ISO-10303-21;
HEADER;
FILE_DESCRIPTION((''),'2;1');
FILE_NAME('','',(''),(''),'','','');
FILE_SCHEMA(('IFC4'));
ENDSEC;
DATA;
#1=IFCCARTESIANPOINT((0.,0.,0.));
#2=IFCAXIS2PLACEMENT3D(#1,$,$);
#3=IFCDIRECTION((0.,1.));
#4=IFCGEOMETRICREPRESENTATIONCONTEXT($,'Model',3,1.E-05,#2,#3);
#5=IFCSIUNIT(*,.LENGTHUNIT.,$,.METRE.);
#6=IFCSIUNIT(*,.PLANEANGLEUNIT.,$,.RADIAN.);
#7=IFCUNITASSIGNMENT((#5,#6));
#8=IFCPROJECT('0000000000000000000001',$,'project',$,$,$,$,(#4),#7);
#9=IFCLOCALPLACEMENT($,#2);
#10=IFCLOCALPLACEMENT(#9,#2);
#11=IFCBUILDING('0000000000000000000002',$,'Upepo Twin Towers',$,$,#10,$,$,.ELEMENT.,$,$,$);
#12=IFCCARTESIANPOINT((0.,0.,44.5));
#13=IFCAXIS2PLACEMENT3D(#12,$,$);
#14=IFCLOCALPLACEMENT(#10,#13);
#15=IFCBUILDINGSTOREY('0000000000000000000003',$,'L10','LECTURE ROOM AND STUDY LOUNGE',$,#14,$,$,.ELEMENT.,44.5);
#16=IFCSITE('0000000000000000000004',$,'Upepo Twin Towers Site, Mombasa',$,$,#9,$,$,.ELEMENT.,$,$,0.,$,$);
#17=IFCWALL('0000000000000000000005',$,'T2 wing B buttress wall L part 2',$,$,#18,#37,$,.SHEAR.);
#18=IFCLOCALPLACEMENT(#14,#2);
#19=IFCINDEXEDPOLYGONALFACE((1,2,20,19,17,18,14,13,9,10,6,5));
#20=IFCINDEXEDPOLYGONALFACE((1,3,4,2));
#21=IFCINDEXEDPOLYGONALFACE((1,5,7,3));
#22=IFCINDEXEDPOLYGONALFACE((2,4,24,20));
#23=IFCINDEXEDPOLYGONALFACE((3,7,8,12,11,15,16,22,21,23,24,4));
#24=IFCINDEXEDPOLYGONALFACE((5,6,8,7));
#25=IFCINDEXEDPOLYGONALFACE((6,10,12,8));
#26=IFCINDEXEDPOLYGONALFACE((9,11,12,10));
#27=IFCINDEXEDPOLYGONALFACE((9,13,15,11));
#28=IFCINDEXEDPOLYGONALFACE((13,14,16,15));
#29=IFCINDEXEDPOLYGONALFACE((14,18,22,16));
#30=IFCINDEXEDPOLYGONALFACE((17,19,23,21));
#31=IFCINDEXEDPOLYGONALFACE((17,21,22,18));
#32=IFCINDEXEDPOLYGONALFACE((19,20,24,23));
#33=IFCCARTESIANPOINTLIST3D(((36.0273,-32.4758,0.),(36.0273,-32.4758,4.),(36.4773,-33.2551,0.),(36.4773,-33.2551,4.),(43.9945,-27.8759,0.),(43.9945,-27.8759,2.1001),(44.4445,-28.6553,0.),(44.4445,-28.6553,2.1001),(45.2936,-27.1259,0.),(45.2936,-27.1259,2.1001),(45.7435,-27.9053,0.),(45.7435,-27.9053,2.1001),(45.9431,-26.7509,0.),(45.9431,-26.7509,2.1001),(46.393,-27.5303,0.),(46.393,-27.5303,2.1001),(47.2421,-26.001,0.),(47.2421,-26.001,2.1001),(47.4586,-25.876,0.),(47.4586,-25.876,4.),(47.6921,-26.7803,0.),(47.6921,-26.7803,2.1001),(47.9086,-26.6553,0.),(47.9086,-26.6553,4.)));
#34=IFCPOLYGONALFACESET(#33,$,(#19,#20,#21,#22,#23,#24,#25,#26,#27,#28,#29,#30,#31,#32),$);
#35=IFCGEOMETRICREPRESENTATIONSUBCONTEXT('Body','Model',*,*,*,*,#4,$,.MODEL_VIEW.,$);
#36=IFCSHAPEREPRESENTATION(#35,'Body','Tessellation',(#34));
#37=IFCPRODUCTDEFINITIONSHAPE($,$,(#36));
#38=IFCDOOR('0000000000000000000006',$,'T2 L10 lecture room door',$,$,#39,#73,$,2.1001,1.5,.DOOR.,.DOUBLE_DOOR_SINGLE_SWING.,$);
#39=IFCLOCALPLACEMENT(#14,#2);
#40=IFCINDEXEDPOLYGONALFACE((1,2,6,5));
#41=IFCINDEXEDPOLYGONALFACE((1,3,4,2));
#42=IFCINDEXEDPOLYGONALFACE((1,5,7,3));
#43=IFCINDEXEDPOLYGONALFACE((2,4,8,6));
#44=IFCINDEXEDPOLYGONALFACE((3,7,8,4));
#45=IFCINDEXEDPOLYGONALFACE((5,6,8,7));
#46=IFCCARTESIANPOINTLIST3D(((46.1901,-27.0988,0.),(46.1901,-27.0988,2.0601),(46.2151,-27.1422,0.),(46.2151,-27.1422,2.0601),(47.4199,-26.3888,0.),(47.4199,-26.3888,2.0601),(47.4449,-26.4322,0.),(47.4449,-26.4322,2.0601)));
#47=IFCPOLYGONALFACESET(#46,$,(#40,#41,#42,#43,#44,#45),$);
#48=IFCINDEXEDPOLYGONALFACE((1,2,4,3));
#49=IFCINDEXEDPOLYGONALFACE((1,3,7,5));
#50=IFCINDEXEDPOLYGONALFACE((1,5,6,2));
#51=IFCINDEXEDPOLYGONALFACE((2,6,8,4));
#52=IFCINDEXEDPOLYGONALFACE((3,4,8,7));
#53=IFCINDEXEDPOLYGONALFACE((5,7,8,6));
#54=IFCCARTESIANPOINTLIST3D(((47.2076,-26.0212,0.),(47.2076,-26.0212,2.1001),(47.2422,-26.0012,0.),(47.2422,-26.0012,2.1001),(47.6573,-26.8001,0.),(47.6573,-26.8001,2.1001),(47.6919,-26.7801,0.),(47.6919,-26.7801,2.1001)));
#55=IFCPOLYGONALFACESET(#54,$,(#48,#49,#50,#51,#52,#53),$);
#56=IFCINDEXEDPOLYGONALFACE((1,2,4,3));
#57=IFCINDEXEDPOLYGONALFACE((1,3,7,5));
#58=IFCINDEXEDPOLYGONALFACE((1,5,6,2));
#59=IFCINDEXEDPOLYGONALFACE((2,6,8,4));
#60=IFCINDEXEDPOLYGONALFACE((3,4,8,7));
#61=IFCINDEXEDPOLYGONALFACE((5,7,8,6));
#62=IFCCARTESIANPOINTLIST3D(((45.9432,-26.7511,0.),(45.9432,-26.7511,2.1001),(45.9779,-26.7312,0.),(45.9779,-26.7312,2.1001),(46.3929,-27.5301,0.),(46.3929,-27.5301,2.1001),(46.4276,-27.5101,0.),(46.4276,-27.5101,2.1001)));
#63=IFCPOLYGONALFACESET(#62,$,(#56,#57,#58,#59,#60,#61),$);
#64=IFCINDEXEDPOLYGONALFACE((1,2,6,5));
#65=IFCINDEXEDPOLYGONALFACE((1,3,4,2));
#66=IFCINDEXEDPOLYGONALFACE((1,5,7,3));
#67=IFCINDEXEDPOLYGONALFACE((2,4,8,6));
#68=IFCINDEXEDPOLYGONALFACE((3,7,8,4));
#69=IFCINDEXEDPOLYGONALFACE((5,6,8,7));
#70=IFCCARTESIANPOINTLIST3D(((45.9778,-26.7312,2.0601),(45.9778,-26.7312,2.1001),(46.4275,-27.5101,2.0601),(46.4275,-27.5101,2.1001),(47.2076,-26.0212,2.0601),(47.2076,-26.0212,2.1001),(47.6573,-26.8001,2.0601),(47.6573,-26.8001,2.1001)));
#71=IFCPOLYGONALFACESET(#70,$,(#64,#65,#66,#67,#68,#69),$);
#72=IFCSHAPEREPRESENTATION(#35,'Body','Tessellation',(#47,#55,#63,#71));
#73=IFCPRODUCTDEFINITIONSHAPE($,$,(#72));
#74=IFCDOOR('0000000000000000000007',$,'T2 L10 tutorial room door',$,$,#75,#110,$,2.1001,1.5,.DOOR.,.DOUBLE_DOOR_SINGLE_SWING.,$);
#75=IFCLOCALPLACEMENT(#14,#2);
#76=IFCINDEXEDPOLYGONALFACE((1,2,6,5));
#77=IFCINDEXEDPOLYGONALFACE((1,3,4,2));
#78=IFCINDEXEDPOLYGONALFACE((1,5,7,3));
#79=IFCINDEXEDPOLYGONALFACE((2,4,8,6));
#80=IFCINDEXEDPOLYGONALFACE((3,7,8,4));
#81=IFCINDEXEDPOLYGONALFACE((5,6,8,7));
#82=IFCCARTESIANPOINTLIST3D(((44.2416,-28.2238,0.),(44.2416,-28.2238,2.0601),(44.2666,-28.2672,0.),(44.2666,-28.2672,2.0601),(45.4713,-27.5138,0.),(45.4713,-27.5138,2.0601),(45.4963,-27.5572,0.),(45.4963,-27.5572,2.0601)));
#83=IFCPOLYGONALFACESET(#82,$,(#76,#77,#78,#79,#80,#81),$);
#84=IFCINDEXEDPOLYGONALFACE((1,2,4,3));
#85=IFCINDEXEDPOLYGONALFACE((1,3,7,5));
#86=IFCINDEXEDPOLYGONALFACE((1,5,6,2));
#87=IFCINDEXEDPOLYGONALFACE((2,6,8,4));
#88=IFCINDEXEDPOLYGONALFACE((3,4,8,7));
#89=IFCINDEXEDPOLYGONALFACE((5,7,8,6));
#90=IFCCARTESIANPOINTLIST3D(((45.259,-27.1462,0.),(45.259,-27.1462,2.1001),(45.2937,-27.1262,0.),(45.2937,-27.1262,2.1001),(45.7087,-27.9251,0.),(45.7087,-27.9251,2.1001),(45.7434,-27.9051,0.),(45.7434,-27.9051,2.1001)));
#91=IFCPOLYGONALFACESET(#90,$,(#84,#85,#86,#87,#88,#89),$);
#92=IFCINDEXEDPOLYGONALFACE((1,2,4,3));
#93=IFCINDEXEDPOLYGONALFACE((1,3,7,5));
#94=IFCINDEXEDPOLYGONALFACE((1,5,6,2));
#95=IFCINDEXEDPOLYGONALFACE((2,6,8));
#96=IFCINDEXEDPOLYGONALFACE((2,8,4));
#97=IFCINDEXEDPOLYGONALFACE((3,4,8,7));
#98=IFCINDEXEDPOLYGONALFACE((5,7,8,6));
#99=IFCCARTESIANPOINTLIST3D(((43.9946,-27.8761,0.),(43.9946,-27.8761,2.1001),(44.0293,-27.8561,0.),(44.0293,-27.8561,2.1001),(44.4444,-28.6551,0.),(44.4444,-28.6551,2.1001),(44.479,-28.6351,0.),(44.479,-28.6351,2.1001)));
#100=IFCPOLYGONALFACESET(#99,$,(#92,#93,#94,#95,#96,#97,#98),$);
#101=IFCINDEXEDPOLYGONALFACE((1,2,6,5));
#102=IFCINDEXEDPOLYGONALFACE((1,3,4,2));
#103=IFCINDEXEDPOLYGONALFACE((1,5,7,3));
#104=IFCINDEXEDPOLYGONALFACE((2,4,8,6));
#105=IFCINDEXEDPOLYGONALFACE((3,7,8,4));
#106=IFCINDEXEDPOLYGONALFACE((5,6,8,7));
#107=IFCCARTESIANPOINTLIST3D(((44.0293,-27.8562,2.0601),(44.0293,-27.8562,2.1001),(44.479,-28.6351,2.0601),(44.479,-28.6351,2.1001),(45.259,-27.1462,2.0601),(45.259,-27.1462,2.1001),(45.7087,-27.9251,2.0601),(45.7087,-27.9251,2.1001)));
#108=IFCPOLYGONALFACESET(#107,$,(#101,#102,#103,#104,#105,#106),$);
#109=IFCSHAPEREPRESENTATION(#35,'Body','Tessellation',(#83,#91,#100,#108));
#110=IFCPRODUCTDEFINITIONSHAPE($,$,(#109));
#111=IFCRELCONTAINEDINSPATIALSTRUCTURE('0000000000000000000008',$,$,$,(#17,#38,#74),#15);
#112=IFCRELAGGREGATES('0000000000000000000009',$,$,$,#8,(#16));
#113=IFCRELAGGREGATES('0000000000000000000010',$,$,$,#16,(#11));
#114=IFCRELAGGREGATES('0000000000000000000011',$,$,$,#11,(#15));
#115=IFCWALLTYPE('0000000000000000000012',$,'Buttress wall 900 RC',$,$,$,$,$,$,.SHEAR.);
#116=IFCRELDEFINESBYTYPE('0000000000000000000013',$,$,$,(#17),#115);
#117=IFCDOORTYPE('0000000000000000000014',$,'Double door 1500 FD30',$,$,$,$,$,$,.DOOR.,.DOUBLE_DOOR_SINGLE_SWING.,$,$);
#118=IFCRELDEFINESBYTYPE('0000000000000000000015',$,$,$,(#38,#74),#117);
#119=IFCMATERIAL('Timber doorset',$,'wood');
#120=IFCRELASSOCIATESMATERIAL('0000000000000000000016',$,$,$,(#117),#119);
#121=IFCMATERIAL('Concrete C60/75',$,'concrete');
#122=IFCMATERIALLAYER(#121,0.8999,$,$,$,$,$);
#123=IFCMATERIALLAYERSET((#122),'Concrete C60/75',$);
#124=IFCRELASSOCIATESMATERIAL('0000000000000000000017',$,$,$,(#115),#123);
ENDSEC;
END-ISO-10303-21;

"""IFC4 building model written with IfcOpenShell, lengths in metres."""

from ifc_helpers import new_model, si_unit, direction, frame, frame_2d, origin, place, context, subcontext, project, spatial, rectangle, extrude, material, layer, layer_set, type_object, element, fill, save


model = new_model("IFC4")

# Units and contexts
model_context = context("Model", 3, precision=1e-05, world=origin(), true_north=direction((0.0, 1.0)))
body_context = subcontext(model_context, "Body", "Model", "MODEL_VIEW")
ifc_project = project(units=[si_unit("LENGTHUNIT", "METRE"), si_unit("PLANEANGLEUNIT", "RADIAN")], contexts=[model_context])

# Site, building, storey
site_placement = place(None, origin())
site = spatial("IfcSite", under=ifc_project, at=site_placement, Name="Upepo Twin Towers Site, Mombasa", CompositionType="ELEMENT", RefElevation=0.0)
building_placement = place(site_placement, origin())
building = spatial("IfcBuilding", under=site, at=building_placement, Name="Upepo Twin Towers", CompositionType="ELEMENT")
storey_placement = place(building_placement, frame((0.0, 0.0, 44.5)))
storey = spatial("IfcBuildingStorey", under=building, at=storey_placement, Name="L10", Description="LECTURE ROOM AND STUDY LOUNGE", CompositionType="ELEMENT", Elevation=44.5)

# Shared definitions
ifc_material_1 = material(Name="Timber doorset", Category="wood")
door_type_1 = type_object("IfcDoorType", Name="Double door 1500 FD30", OperationType="DOUBLE_DOOR_SINGLE_SWING", PredefinedType="DOOR", material=ifc_material_1)

# Wall, openings, doors
ifc_material_2 = material(Name="Concrete C60/75", Category="concrete")
ifc_layer_1 = layer(ifc_material_2, 0.8999)
ifc_layer_set_1 = layer_set([ifc_layer_1], Name="Concrete C60/75")
wall_type_1 = type_object("IfcWallType", Name="Buttress wall 900 RC", PredefinedType="SHEAR", material=ifc_layer_set_1)
wall_1_placement = place(storey_placement, frame((47.6836, -26.2656, 0.0), z_axis=(0.0, 0.0, 1.0), x_axis=(-0.866028, -0.499996, 0.0)))
wall_1 = element("IfcWall", 1, at=wall_1_placement, inside=storey, type_object=wall_type_1, Name="T2 wing B buttress wall L part 2", PredefinedType="SHEAR", context=body_context, shape_type="SweptSolid", body=[
    extrude(rectangle(XDim=13.1997, YDim=0.8999, at=frame_2d((6.5999, 0.0))), origin(), (0.0, 0.0, 1.0), 4.0),
])
opening_1_placement = place(wall_1_placement, frame((0.25, 0.0, 0.0)))
opening_1 = element("IfcOpeningElement", 2, at=opening_1_placement, cuts=wall_1, PredefinedType="OPENING", context=body_context, shape_type="SweptSolid", body=[
    extrude(rectangle(XDim=1.5, YDim=2.1001, at=frame_2d((0.75, 1.05))), frame((0.0, 0.46, 0.0), z_axis=(0.0, -1.0, 0.0), x_axis=(1.0, 0.0, 0.0)), (0.0, 0.0, 1.0), 0.9199),
])
opening_2_placement = place(wall_1_placement, frame((2.5, 0.0, 0.0)))
opening_2 = element("IfcOpeningElement", 3, at=opening_2_placement, cuts=wall_1, PredefinedType="OPENING", context=body_context, shape_type="SweptSolid", body=[
    extrude(rectangle(XDim=1.5, YDim=2.1001, at=frame_2d((0.75, 1.05))), frame((0.0, 0.46, 0.0), z_axis=(0.0, -1.0, 0.0), x_axis=(1.0, 0.0, 0.0)), (0.0, 0.0, 1.0), 0.9199),
])
door_1_placement = place(opening_1_placement, origin())
door_1 = element("IfcDoor", 4, at=door_1_placement, inside=storey, type_object=door_type_1, Name="T2 L10 lecture room door", OperationType="DOUBLE_DOOR_SINGLE_SWING", OverallHeight=2.1001, OverallWidth=1.5, PredefinedType="DOOR", context=body_context, shape_type="SweptSolid", body=[
    extrude(rectangle(XDim=1.42, YDim=2.0601, at=frame_2d((0.75, 1.03))), frame((0.0, 0.0249, 0.0), z_axis=(0.0, -1.0, 0.0), x_axis=(1.0, 0.0, 0.0)), (0.0, 0.0, 1.0), 0.05),
    extrude(rectangle(XDim=0.04, YDim=2.1001, at=frame_2d((0.02, 1.05))), frame((0.0, 0.4497, 0.0), z_axis=(0.0, -1.0, 0.0), x_axis=(1.0, 0.0, 0.0)), (0.0, 0.0, 1.0), 0.8994),
    extrude(rectangle(XDim=0.04, YDim=2.1001, at=frame_2d((1.48, 1.05))), frame((0.0, 0.4497, 0.0), z_axis=(0.0, -1.0, 0.0), x_axis=(1.0, 0.0, 0.0)), (0.0, 0.0, 1.0), 0.8994),
    extrude(rectangle(XDim=1.42, YDim=0.04, at=frame_2d((0.75, 2.0801))), frame((0.0, 0.4497, 0.0), z_axis=(0.0, -1.0, 0.0), x_axis=(1.0, 0.0, 0.0)), (0.0, 0.0, 1.0), 0.8994),
])
fill(opening_1, door_1)
door_2_placement = place(opening_2_placement, origin())
door_2 = element("IfcDoor", 5, at=door_2_placement, inside=storey, type_object=door_type_1, Name="T2 L10 tutorial room door", OperationType="DOUBLE_DOOR_SINGLE_SWING", OverallHeight=2.1001, OverallWidth=1.5, PredefinedType="DOOR", context=body_context, shape_type="SweptSolid", body=[
    extrude(rectangle(XDim=1.42, YDim=2.0601, at=frame_2d((0.75, 1.03))), frame((0.0, 0.0249, 0.0), z_axis=(0.0, -1.0, 0.0), x_axis=(1.0, 0.0, 0.0)), (0.0, 0.0, 1.0), 0.05),
    extrude(rectangle(XDim=0.04, YDim=2.1001, at=frame_2d((0.02, 1.05))), frame((0.0, 0.4497, 0.0), z_axis=(0.0, -1.0, 0.0), x_axis=(1.0, 0.0, 0.0)), (0.0, 0.0, 1.0), 0.8994),
    extrude(rectangle(XDim=0.04, YDim=2.1001, at=frame_2d((1.48, 1.05))), frame((0.0, 0.4497, 0.0), z_axis=(0.0, -1.0, 0.0), x_axis=(1.0, 0.0, 0.0)), (0.0, 0.0, 1.0), 0.8994),
    extrude(rectangle(XDim=1.42, YDim=0.04, at=frame_2d((0.75, 2.0801))), frame((0.0, 0.4497, 0.0), z_axis=(0.0, -1.0, 0.0), x_axis=(1.0, 0.0, 0.0)), (0.0, 0.0, 1.0), 0.8994),
])
fill(opening_2, door_2)

save(model, "model.ifc")
